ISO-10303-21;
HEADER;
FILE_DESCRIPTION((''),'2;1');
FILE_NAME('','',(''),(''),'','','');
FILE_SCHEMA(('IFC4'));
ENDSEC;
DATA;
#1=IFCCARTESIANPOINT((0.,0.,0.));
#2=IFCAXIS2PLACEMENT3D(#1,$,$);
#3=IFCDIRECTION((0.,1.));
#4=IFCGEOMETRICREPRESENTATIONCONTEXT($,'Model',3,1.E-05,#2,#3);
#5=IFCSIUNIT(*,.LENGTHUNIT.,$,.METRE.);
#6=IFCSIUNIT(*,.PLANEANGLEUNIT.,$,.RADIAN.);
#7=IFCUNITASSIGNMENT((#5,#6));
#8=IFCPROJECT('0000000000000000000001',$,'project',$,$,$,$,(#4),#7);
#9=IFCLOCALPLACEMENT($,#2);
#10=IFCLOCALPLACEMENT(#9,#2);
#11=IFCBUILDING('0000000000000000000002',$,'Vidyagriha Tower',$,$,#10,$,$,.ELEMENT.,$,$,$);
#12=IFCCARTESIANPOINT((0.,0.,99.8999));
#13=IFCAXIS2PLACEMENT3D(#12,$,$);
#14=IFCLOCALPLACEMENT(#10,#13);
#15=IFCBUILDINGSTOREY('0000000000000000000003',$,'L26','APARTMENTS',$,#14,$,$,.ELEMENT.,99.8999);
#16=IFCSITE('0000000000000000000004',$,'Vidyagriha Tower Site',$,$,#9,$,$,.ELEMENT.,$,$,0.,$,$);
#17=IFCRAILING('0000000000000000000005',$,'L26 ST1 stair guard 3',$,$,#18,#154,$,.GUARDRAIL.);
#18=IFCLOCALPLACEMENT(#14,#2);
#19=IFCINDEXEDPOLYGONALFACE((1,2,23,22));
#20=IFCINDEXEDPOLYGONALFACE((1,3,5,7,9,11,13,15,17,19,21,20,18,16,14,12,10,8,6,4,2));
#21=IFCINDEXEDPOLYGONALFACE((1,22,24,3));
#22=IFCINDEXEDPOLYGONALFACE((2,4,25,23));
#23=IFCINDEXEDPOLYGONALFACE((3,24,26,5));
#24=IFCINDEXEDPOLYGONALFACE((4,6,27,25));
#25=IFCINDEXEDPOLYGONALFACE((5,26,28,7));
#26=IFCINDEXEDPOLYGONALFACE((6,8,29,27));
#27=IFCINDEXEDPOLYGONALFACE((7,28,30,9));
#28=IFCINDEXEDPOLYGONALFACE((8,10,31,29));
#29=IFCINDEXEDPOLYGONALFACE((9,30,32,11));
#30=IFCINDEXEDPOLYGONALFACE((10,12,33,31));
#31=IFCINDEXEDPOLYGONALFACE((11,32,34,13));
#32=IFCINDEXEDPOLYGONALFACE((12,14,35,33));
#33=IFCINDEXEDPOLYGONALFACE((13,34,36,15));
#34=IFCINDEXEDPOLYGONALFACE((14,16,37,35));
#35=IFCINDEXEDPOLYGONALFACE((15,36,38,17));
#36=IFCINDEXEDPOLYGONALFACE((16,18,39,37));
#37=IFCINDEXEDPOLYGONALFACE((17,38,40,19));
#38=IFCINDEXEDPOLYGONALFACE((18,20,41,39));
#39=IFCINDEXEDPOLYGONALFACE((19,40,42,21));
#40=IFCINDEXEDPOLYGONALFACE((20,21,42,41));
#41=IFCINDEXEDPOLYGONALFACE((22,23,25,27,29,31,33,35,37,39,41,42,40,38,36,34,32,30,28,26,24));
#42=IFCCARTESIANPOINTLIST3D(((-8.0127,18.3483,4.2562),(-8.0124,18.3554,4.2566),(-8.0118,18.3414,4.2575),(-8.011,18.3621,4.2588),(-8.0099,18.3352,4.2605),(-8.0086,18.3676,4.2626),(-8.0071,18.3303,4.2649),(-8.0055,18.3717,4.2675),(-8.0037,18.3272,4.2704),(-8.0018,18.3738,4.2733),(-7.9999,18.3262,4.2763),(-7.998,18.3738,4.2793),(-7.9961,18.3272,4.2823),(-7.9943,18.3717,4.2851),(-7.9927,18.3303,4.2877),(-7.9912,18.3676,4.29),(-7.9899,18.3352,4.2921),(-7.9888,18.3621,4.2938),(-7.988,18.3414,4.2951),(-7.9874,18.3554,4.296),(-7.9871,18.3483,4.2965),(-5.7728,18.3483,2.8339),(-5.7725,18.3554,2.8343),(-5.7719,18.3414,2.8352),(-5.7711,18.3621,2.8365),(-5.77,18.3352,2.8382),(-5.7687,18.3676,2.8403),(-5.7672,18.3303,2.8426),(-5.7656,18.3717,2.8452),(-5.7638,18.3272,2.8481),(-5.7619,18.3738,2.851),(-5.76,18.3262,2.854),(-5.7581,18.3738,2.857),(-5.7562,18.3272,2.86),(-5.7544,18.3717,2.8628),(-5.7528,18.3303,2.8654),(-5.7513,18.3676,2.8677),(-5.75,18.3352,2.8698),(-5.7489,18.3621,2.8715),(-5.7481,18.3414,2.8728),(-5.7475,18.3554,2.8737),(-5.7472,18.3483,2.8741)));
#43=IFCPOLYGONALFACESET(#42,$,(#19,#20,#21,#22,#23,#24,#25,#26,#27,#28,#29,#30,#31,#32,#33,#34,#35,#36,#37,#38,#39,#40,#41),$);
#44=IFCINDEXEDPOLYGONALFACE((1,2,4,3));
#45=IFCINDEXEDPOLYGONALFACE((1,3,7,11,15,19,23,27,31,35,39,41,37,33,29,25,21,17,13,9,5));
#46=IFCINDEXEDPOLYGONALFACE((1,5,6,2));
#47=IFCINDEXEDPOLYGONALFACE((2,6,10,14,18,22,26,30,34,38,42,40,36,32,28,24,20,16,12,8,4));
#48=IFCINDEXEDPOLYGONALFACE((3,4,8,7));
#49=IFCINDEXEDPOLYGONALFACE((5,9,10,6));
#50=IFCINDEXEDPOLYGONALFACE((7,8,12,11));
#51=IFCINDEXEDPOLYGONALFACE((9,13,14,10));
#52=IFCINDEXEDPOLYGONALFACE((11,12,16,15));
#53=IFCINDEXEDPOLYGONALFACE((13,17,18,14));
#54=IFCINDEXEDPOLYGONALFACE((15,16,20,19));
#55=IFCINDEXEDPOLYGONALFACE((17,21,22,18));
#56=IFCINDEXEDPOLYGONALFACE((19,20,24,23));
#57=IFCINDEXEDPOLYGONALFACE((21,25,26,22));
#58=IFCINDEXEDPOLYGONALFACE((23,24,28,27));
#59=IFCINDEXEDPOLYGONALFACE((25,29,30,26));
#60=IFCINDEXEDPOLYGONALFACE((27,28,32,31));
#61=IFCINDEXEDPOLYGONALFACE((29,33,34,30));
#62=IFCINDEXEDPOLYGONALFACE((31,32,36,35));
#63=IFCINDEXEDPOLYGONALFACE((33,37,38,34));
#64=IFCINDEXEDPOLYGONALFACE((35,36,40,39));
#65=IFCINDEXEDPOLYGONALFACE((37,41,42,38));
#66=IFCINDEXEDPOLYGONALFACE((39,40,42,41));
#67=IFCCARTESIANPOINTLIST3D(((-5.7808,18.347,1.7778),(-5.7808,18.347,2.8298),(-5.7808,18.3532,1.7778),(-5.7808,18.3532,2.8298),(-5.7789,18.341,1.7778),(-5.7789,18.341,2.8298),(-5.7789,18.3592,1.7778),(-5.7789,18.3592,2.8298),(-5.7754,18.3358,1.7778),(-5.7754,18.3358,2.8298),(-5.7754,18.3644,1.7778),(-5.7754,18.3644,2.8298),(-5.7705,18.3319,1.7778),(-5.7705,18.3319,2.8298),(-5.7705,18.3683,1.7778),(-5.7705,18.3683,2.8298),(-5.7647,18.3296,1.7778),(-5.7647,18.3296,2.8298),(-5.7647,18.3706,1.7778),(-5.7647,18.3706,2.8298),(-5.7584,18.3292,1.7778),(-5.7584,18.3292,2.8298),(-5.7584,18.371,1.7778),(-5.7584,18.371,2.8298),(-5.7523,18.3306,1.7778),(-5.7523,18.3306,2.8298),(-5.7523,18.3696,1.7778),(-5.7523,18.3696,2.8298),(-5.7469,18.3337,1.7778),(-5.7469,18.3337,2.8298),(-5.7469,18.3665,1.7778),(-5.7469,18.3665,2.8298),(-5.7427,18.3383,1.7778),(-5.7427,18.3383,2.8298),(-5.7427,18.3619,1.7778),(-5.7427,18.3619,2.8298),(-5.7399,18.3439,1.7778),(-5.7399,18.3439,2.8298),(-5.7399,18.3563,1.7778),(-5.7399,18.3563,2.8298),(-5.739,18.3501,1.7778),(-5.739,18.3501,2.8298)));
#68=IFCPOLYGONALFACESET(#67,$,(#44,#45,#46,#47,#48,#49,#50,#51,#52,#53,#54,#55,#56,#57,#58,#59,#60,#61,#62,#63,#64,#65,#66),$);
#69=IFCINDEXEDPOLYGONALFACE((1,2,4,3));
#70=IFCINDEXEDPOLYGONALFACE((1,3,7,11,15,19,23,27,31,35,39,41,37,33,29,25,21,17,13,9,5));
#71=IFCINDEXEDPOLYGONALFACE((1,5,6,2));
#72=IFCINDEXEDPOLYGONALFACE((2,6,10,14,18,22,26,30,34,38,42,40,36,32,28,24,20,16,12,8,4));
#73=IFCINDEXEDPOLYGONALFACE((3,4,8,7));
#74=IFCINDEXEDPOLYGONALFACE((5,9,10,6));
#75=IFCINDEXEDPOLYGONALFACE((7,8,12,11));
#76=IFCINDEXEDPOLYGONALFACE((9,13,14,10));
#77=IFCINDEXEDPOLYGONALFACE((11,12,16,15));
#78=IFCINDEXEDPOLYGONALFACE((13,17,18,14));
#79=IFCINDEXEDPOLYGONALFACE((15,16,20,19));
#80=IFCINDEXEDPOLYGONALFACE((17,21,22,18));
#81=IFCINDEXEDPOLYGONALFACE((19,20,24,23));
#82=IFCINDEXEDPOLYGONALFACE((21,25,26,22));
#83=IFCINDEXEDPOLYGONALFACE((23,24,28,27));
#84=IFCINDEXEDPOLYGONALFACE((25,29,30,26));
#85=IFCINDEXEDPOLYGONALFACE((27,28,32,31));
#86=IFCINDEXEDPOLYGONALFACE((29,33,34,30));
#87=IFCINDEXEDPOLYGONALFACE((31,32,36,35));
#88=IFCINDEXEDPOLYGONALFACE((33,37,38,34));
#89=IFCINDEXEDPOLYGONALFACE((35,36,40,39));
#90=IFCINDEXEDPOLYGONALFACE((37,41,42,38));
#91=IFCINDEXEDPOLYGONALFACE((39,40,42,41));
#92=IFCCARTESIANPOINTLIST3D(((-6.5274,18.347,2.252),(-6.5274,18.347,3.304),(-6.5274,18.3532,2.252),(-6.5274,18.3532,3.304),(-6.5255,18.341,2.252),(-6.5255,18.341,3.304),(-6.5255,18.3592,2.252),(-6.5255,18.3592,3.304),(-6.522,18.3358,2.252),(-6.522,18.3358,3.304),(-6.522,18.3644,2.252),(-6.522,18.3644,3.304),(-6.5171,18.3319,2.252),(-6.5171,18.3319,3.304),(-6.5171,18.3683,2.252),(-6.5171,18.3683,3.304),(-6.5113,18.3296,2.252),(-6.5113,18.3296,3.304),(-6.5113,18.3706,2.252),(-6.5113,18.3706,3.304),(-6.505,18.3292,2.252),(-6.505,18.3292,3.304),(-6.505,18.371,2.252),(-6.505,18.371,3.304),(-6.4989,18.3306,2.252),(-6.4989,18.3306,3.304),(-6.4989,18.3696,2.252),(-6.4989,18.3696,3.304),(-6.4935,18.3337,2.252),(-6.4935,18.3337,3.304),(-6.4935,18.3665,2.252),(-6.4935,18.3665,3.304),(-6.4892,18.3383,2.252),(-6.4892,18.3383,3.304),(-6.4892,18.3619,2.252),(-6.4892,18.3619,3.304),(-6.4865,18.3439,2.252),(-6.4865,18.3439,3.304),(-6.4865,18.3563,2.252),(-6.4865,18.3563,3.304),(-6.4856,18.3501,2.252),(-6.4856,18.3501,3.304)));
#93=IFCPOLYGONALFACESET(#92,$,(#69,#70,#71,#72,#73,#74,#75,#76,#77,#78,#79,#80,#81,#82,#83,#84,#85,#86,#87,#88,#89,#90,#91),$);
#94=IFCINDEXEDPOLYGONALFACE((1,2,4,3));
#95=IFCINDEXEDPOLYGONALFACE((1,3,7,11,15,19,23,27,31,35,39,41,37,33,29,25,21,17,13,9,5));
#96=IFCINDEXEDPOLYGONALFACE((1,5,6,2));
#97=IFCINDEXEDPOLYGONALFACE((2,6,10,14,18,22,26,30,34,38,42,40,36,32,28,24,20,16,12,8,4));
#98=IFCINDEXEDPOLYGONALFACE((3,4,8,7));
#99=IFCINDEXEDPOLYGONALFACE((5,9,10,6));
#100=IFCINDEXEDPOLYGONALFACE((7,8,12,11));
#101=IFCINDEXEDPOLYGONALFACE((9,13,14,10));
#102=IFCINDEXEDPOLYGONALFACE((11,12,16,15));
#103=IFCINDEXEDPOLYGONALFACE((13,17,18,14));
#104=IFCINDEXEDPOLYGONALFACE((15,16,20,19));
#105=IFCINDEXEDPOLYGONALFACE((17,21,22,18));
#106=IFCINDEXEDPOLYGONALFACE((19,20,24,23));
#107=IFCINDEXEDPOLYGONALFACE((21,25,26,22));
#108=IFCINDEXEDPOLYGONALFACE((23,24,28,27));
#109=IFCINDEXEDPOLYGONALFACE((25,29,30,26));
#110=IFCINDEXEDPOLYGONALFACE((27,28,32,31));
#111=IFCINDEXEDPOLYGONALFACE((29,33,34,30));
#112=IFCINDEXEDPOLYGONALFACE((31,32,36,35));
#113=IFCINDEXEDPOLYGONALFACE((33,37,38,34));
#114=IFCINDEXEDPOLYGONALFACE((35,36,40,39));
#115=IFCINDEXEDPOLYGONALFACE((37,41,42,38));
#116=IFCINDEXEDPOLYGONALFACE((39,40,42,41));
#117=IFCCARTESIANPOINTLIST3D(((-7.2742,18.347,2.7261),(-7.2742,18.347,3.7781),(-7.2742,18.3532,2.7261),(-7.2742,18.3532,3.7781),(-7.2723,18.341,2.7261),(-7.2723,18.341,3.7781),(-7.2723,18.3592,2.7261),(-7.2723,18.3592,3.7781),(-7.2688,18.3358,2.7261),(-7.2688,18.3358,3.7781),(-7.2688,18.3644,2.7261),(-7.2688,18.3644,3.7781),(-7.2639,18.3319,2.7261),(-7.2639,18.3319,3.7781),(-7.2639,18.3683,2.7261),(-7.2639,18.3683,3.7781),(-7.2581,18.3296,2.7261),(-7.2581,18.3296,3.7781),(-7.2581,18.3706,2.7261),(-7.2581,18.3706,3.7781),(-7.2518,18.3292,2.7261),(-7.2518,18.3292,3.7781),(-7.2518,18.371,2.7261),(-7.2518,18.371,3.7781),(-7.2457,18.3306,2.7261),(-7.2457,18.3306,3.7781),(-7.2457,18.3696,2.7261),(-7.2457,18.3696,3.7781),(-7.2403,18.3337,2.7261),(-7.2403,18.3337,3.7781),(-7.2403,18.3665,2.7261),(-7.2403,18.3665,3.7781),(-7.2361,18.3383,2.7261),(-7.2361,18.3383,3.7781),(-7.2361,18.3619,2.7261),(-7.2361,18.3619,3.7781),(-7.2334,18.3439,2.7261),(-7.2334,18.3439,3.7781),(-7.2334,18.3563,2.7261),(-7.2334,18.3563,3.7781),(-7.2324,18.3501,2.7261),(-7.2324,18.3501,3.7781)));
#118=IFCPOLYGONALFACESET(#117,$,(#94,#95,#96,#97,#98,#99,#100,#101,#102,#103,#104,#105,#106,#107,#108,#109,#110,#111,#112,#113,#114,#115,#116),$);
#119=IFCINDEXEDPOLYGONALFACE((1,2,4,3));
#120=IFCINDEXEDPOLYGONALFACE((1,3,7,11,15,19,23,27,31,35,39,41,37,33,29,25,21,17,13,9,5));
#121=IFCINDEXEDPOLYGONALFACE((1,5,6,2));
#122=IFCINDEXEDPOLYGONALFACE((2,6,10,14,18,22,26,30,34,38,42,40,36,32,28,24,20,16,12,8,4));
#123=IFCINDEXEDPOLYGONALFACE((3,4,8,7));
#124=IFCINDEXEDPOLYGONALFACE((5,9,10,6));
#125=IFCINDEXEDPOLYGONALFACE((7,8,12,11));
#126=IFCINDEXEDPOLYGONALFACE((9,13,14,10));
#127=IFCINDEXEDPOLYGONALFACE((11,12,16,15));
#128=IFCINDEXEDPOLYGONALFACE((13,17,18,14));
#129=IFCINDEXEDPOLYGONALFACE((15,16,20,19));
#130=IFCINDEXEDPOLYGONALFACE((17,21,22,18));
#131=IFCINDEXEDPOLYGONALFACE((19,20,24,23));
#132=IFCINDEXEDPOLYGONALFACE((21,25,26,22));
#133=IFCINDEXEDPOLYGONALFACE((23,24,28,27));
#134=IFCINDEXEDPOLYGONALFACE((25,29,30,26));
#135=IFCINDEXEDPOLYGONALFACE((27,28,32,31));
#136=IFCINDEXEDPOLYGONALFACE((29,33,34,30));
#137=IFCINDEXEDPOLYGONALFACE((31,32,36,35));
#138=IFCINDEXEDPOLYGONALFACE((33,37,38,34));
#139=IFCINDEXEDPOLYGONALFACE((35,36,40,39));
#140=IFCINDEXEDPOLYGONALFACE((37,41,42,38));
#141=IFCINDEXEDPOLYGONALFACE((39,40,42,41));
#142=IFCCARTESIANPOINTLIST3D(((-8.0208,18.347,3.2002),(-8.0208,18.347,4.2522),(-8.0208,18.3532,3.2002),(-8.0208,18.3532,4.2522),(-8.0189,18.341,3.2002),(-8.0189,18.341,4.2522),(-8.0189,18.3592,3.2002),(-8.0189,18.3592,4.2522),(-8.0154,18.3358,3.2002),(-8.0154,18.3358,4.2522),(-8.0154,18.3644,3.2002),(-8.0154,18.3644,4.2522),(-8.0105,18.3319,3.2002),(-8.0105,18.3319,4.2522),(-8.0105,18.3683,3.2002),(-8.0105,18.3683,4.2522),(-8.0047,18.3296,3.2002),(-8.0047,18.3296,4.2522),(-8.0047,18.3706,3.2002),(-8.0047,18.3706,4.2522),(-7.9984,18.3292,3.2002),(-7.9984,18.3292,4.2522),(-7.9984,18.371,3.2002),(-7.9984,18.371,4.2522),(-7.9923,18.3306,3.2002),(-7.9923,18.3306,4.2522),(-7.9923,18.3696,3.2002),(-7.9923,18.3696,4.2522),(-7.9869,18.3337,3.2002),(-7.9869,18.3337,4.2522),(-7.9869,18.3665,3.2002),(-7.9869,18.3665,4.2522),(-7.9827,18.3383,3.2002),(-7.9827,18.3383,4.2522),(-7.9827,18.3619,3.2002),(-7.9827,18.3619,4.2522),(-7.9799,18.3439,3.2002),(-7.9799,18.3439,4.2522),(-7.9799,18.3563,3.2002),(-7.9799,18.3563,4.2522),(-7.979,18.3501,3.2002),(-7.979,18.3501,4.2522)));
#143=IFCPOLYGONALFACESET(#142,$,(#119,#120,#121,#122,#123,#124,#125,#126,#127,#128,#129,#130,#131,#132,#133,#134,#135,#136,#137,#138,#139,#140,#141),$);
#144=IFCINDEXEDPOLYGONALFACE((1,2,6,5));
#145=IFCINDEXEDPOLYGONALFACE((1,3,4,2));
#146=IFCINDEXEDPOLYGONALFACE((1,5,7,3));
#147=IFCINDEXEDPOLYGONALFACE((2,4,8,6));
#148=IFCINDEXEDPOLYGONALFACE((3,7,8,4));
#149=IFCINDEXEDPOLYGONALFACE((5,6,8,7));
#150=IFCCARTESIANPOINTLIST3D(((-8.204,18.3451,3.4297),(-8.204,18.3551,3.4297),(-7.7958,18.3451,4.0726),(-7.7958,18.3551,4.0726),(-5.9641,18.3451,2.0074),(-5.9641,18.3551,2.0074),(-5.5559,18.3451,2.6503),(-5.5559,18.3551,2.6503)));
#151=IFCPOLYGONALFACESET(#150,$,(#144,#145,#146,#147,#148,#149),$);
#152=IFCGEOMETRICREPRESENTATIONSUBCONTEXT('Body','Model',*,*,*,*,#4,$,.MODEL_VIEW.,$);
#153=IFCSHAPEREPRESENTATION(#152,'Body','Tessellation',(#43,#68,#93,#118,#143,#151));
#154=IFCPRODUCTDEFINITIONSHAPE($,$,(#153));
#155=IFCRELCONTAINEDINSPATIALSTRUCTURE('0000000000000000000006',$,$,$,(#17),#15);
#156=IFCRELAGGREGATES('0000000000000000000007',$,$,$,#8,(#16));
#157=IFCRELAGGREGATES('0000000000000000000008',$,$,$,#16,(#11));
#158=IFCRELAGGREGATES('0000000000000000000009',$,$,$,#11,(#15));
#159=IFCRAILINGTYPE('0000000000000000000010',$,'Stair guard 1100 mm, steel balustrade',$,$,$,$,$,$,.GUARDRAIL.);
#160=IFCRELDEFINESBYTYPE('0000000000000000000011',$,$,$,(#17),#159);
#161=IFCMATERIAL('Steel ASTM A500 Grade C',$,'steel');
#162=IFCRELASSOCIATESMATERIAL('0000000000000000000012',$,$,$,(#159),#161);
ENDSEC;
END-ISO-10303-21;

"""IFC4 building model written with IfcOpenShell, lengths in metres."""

from ifc_helpers import new_model, si_unit, direction, frame, origin, origin_2d, place, context, subcontext, project, spatial, rectangle, circle, extrude, material, type_object, element, save


model = new_model("IFC4")

# Units and contexts
model_context = context("Model", 3, precision=1e-05, world=origin(), true_north=direction((0.0, 1.0)))
body_context = subcontext(model_context, "Body", "Model", "MODEL_VIEW")
ifc_project = project(units=[si_unit("LENGTHUNIT", "METRE"), si_unit("PLANEANGLEUNIT", "RADIAN")], contexts=[model_context])

# Site, building, storey
site_placement = place(None, origin())
site = spatial("IfcSite", under=ifc_project, at=site_placement, Name="Vidyagriha Tower Site", CompositionType="ELEMENT", RefElevation=0.0)
building_placement = place(site_placement, origin())
building = spatial("IfcBuilding", under=site, at=building_placement, Name="Vidyagriha Tower", CompositionType="ELEMENT")
storey_placement = place(building_placement, frame((0.0, 0.0, 99.8999)))
storey = spatial("IfcBuildingStorey", under=building, at=storey_placement, Name="L26", Description="APARTMENTS", CompositionType="ELEMENT", Elevation=99.8999)

# Railing
ifc_material_1 = material(Name="Steel ASTM A500 Grade C", Category="steel")
railing_type_1 = type_object("IfcRailingType", Name="Stair guard 1100 mm, steel balustrade", PredefinedType="GUARDRAIL", material=ifc_material_1)
railing_1_placement = place(storey_placement, frame((-5.76, 18.3501, 1.7778)))
element("IfcRailing", 1, at=railing_1_placement, inside=storey, type_object=railing_type_1, Name="L26 ST1 stair guard 3", PredefinedType="GUARDRAIL", context=body_context, shape_type="SweptSolid", body=[
    extrude(circle(Radius=0.0239, at=origin_2d()), frame((0.0, 0.0, 1.0762), z_axis=(-0.844188, 0.0, 0.536048), x_axis=(0.0, -1.0, 0.0)), (0.0, 0.0, 1.0), 2.6533),
    extrude(circle(Radius=0.021, at=origin_2d()), origin(), (0.0, 0.0, 1.0), 1.052),
    extrude(circle(Radius=0.021, at=origin_2d()), frame((-0.7466, 0.0, 0.4741)), (0.0, 0.0, 1.0), 1.052),
    extrude(circle(Radius=0.021, at=origin_2d()), frame((-1.4934, 0.0, 0.9482)), (0.0, 0.0, 1.0), 1.052),
    extrude(circle(Radius=0.021, at=origin_2d()), frame((-2.24, 0.0, 1.4224)), (0.0, 0.0, 1.0), 1.052),
    extrude(rectangle(XDim=0.01, YDim=0.7615, at=origin_2d()), frame((0.0, 0.0, 0.551), z_axis=(-0.844188, 0.0, 0.536048), x_axis=(0.0, -1.0, 0.0)), (0.0, 0.0, 1.0), 2.6533),
])

save(model, "model.ifc")
